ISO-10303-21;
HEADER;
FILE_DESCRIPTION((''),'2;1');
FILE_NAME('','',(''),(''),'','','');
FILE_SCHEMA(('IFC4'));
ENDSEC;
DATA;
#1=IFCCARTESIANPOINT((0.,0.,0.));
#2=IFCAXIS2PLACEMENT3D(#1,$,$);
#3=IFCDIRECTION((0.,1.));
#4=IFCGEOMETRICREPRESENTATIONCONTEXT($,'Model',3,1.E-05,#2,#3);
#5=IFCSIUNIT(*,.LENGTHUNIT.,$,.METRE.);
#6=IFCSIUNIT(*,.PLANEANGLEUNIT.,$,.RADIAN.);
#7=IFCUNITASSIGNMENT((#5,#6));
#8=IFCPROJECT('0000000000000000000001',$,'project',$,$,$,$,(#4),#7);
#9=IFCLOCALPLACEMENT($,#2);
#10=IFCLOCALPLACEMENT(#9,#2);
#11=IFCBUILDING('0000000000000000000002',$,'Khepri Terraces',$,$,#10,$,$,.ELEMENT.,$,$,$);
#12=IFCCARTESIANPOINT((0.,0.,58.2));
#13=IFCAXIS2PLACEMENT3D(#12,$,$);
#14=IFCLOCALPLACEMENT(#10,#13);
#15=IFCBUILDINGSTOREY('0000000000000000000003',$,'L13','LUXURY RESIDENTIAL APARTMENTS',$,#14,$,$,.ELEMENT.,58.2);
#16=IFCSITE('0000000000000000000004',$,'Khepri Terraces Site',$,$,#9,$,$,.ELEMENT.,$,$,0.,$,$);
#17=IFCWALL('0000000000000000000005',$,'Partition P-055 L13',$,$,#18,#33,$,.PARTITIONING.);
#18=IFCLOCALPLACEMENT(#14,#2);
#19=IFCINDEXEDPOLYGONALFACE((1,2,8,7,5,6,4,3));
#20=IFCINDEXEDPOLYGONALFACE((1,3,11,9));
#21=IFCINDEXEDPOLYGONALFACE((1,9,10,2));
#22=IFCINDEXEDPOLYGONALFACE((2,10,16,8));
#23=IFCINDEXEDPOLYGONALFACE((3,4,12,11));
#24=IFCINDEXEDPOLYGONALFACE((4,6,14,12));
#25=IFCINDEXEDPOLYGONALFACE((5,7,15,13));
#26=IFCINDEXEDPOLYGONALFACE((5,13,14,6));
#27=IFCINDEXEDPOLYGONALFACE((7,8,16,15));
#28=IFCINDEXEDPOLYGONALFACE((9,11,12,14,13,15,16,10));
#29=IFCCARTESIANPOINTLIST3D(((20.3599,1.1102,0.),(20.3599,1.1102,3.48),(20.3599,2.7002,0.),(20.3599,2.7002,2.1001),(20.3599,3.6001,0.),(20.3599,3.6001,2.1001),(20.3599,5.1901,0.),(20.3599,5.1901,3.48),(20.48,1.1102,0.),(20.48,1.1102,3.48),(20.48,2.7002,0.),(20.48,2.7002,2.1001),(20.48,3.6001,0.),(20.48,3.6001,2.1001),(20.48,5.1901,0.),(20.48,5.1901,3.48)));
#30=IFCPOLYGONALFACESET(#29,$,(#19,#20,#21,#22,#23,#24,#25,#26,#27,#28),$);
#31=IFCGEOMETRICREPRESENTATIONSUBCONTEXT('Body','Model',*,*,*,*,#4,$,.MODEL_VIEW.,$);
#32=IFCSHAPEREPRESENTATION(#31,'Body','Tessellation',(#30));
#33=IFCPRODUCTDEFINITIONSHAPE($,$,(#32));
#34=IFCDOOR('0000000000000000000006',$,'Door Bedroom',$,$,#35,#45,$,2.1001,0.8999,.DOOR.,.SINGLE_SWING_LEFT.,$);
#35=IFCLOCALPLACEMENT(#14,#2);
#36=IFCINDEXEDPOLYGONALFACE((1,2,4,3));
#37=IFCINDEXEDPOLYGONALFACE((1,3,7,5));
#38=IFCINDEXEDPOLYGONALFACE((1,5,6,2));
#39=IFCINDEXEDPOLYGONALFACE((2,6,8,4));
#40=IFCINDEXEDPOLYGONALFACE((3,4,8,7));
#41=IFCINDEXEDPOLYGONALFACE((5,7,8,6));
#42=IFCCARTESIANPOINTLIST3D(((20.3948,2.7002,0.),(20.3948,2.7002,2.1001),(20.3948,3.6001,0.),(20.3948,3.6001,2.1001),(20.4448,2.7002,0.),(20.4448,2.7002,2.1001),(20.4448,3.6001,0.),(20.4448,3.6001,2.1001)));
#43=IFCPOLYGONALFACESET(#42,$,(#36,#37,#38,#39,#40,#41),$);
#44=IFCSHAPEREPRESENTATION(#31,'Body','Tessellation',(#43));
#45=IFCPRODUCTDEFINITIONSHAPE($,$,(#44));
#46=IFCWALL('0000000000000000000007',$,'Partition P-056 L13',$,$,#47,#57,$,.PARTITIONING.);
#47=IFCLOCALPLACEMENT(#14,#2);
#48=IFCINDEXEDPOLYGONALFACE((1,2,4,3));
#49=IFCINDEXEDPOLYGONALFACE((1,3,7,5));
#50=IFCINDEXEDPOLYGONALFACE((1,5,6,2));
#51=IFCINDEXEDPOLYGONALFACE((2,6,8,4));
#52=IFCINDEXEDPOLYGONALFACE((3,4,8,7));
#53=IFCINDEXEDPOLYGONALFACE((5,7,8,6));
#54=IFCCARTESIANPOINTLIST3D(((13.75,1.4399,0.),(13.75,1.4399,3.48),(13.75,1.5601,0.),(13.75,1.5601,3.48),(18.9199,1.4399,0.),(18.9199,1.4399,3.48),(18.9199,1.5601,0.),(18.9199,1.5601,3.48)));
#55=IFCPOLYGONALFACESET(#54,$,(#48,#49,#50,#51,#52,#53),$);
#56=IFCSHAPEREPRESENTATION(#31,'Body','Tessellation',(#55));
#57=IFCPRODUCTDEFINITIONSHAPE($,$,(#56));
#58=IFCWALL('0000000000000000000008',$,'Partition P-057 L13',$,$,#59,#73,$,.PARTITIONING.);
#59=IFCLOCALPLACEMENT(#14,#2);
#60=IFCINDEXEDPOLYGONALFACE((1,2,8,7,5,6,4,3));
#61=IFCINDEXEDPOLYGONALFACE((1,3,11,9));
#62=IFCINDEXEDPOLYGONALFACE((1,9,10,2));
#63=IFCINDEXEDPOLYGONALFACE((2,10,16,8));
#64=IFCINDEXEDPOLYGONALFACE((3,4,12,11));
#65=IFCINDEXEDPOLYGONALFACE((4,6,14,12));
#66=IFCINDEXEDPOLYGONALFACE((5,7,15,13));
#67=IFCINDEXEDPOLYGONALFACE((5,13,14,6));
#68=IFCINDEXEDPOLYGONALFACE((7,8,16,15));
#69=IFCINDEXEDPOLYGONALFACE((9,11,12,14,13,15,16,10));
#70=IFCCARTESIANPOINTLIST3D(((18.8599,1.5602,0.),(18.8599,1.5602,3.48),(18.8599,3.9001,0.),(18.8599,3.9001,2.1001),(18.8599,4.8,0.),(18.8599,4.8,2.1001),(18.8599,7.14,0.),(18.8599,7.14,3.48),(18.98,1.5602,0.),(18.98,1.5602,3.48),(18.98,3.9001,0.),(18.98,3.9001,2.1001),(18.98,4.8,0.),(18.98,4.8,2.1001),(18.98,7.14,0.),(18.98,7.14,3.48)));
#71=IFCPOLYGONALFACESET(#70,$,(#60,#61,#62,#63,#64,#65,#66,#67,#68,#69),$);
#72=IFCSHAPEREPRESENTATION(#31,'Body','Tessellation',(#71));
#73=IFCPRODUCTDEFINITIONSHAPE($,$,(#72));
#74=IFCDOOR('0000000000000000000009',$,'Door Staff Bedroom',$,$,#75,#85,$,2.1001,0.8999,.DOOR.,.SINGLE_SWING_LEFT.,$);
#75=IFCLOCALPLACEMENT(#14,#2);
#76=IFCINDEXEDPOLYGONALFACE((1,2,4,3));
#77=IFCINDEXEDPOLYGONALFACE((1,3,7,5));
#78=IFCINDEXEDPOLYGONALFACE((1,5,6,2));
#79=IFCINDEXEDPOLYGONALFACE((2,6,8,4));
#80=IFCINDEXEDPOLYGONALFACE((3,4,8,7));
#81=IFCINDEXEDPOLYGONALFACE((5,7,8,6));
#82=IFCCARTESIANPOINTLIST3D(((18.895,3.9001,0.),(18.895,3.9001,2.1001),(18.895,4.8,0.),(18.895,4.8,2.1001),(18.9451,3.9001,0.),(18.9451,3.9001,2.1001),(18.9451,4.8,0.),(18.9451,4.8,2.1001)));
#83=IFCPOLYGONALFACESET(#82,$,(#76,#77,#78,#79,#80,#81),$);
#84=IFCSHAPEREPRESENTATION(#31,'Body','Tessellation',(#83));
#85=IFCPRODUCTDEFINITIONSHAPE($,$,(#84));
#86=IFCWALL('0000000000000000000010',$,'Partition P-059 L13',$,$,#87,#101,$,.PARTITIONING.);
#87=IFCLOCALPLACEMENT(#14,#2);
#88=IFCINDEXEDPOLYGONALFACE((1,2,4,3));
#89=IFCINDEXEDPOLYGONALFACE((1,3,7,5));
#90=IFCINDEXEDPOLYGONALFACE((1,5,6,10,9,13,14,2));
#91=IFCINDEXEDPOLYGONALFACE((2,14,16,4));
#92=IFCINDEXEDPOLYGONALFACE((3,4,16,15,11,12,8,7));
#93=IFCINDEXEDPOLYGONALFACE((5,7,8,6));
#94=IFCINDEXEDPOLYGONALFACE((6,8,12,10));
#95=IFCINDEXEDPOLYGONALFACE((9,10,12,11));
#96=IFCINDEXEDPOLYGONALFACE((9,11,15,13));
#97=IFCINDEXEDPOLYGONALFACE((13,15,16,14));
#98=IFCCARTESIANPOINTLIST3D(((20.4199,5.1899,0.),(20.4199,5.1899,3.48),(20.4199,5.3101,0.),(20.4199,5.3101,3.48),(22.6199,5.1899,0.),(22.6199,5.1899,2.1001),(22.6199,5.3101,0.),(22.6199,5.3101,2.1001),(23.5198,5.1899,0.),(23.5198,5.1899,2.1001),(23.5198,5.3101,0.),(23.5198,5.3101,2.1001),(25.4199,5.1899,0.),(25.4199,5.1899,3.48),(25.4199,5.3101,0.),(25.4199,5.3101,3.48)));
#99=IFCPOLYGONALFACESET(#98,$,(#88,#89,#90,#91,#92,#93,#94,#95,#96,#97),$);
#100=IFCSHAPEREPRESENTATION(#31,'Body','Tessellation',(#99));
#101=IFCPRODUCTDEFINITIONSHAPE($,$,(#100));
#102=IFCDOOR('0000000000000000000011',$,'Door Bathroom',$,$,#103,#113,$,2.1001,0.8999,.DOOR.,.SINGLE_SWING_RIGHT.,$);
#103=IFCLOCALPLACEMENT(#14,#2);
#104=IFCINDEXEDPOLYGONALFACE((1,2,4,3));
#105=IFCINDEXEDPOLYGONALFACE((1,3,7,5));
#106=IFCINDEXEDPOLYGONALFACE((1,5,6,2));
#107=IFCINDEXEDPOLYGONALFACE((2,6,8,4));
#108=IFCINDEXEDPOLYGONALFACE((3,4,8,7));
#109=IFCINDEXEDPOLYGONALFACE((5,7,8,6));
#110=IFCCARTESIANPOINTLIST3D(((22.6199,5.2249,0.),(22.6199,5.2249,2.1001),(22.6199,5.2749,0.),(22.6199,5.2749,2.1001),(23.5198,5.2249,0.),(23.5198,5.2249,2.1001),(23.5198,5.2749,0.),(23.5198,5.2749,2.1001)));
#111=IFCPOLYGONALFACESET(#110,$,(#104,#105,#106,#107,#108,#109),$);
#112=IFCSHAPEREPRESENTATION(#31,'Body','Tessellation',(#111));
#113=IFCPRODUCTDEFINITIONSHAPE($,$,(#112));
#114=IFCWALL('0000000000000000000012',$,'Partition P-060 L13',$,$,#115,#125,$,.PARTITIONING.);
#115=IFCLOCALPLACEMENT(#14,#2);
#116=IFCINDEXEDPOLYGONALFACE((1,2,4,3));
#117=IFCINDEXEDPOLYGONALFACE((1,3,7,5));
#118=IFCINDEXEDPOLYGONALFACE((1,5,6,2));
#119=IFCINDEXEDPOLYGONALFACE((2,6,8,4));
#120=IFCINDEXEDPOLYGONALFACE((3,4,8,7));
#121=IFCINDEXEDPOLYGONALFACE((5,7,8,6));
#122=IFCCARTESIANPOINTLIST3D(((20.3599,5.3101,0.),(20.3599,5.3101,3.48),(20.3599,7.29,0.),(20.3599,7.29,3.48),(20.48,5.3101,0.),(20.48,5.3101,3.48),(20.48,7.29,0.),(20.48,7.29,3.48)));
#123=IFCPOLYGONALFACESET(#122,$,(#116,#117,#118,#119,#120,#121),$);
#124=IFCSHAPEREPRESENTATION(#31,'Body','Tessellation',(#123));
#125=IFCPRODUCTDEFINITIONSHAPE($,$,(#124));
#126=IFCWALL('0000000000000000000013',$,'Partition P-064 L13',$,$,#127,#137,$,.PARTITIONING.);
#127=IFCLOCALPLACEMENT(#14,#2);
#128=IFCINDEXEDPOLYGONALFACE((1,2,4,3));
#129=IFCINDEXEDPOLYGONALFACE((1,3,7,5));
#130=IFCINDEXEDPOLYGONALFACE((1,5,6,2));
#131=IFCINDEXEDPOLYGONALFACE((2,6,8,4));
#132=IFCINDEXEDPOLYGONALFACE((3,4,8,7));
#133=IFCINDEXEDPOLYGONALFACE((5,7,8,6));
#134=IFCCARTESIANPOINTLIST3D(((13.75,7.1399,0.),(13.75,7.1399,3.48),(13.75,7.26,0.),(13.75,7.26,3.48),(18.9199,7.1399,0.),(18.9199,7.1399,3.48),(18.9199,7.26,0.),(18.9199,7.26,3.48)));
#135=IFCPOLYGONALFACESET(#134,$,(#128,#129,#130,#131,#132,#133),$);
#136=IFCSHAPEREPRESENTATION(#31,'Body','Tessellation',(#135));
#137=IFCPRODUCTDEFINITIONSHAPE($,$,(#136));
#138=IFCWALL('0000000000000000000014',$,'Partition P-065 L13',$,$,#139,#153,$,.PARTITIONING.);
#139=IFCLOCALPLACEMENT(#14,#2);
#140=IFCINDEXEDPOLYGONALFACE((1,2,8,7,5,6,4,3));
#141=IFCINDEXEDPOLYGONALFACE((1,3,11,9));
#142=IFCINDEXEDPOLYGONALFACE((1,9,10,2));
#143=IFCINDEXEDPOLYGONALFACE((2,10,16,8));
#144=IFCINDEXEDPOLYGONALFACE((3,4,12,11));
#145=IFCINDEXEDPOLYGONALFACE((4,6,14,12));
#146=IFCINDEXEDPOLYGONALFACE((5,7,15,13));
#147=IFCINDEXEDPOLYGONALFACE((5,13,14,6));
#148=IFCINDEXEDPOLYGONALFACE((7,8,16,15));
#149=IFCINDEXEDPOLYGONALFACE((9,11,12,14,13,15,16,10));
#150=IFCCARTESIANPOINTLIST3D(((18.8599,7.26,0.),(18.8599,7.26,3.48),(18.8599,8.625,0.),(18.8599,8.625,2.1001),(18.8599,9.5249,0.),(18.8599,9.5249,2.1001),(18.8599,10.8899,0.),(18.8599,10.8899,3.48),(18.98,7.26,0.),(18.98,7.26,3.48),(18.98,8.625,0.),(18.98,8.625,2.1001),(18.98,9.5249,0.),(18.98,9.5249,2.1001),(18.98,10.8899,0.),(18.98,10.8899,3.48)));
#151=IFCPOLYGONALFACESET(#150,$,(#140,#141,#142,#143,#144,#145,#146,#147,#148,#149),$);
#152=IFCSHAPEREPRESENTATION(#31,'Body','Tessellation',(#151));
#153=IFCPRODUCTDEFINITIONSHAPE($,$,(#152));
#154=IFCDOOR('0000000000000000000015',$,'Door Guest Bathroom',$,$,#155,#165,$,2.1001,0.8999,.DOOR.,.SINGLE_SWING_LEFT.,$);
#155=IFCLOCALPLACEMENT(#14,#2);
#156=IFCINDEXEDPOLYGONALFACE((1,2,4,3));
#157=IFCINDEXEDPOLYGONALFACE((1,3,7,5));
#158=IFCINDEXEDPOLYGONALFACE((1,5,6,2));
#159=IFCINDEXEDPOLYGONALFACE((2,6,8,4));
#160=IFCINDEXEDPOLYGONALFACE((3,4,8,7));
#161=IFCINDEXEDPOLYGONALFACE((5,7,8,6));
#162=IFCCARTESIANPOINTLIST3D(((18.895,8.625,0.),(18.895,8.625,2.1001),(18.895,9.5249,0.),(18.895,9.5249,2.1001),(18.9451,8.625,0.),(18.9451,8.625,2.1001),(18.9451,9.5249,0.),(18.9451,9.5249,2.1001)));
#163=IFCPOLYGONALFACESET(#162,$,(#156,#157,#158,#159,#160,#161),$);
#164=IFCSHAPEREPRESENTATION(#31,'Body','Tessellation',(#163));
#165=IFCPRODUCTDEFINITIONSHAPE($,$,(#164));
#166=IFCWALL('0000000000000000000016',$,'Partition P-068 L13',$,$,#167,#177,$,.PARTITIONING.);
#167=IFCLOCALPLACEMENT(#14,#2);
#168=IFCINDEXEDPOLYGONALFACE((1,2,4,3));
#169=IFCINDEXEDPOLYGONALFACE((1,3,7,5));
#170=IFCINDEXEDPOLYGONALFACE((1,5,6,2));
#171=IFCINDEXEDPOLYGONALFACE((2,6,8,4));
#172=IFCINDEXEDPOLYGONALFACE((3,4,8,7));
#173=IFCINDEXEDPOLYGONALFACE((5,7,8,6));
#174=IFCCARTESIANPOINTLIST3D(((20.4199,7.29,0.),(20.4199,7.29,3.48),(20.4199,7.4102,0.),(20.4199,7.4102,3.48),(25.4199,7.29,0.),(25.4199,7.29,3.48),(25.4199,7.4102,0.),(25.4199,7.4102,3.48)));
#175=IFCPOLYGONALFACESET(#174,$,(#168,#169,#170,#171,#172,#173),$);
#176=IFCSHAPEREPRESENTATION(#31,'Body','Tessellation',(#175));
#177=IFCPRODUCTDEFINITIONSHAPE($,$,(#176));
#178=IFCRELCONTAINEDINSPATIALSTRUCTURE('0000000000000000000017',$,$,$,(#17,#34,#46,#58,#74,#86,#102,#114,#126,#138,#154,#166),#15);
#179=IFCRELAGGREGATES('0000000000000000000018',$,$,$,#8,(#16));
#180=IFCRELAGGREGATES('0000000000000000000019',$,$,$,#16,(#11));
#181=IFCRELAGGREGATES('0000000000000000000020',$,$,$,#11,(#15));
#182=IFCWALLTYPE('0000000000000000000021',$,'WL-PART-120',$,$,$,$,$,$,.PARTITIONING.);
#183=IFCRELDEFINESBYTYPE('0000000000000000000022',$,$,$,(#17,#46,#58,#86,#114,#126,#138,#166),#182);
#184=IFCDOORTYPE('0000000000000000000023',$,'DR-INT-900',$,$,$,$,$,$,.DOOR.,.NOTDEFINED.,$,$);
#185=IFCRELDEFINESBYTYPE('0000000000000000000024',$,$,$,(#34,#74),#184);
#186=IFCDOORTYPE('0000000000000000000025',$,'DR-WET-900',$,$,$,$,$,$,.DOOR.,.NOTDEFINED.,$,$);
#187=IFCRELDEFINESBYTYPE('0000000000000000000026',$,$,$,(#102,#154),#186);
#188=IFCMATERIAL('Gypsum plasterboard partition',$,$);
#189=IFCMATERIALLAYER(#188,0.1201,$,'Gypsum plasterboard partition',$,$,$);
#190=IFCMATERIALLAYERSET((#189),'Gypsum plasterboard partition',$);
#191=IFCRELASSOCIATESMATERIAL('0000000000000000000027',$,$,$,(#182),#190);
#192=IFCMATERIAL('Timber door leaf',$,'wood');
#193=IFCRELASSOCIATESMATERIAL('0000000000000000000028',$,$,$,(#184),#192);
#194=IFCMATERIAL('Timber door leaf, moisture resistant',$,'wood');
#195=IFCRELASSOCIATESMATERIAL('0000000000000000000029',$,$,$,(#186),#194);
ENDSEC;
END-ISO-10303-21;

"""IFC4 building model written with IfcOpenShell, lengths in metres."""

from ifc_helpers import new_model, si_unit, direction, frame, frame_2d, origin, place, context, subcontext, project, spatial, rectangle, extrude, material, layer, layer_set, type_object, element, fill, save


model = new_model("IFC4")

# Units and contexts
model_context = context("Model", 3, precision=1e-05, world=origin(), true_north=direction((0.0, 1.0)))
body_context = subcontext(model_context, "Body", "Model", "MODEL_VIEW")
ifc_project = project(units=[si_unit("LENGTHUNIT", "METRE"), si_unit("PLANEANGLEUNIT", "RADIAN")], contexts=[model_context])

# Site, building, storey
site_placement = place(None, origin())
site = spatial("IfcSite", under=ifc_project, at=site_placement, Name="Khepri Terraces Site", CompositionType="ELEMENT", RefElevation=0.0)
building_placement = place(site_placement, origin())
building = spatial("IfcBuilding", under=site, at=building_placement, Name="Khepri Terraces", CompositionType="ELEMENT")
storey_placement = place(building_placement, frame((0.0, 0.0, 58.2)))
storey = spatial("IfcBuildingStorey", under=building, at=storey_placement, Name="L13", Description="LUXURY RESIDENTIAL APARTMENTS", CompositionType="ELEMENT", Elevation=58.2)

# Shared definitions
ifc_material_1 = material(Name="Gypsum plasterboard partition")
ifc_layer_1 = layer(ifc_material_1, 0.1201, Name="Gypsum plasterboard partition")
ifc_layer_set_1 = layer_set([ifc_layer_1], Name="Gypsum plasterboard partition")
wall_type_1 = type_object("IfcWallType", Name="WL-PART-120", PredefinedType="PARTITIONING", material=ifc_layer_set_1)

# Wall, opening, door
wall_1_placement = place(storey_placement, frame((20.4199, 1.1101, 0.0), z_axis=(0.0, 0.0, 1.0), x_axis=(0.0, 1.0, 0.0)))
wall_1 = element("IfcWall", 1, at=wall_1_placement, inside=storey, type_object=wall_type_1, Name="Partition P-055 L13", PredefinedType="PARTITIONING", context=body_context, shape_type="SweptSolid", body=[
    extrude(rectangle(XDim=4.0798, YDim=0.1201, at=frame_2d((2.04, 0.0))), origin(), (0.0, 0.0, 1.0), 3.48),
])
opening_1_placement = place(wall_1_placement, frame((1.5901, 0.0, 0.0)))
opening_1 = element("IfcOpeningElement", 2, at=opening_1_placement, cuts=wall_1, PredefinedType="OPENING", context=body_context, shape_type="SweptSolid", body=[
    extrude(rectangle(XDim=0.8999, YDim=2.1001, at=frame_2d((0.45, 1.05))), frame((0.0, 0.0701, 0.0), z_axis=(0.0, -1.0, 0.0), x_axis=(1.0, 0.0, 0.0)), (0.0, 0.0, 1.0), 0.1401),
])
ifc_material_2 = material(Name="Timber door leaf", Category="wood")
door_type_1 = type_object("IfcDoorType", Name="DR-INT-900", OperationType="NOTDEFINED", PredefinedType="DOOR", material=ifc_material_2)
door_1_placement = place(opening_1_placement, frame((0.8999, 0.0, 0.0), z_axis=(0.0, 0.0, 1.0), x_axis=(-1.0, 0.0, 0.0)))
door_1 = element("IfcDoor", 3, at=door_1_placement, inside=storey, type_object=door_type_1, Name="Door Bedroom", OperationType="SINGLE_SWING_LEFT", OverallHeight=2.1001, OverallWidth=0.8999, PredefinedType="DOOR", context=body_context, shape_type="SweptSolid", body=[
    extrude(rectangle(XDim=0.8999, YDim=2.1001, at=frame_2d((0.45, 1.05))), frame((0.0, 0.0249, 0.0), z_axis=(0.0, -1.0, 0.0), x_axis=(1.0, 0.0, 0.0)), (0.0, 0.0, 1.0), 0.05),
])
fill(opening_1, door_1)

# Wall
wall_2_placement = place(storey_placement, frame((13.75, 1.5, 0.0), z_axis=(0.0, 0.0, 1.0), x_axis=(1.0, 0.0, 0.0)))
element("IfcWall", 4, at=wall_2_placement, inside=storey, type_object=wall_type_1, Name="Partition P-056 L13", PredefinedType="PARTITIONING", context=body_context, shape_type="SweptSolid", body=[
    extrude(rectangle(XDim=5.1699, YDim=0.1201, at=frame_2d((2.585, 0.0))), origin(), (0.0, 0.0, 1.0), 3.48),
])

# Walls, openings, doors
wall_3_placement = place(storey_placement, frame((18.9199, 1.5601, 0.0), z_axis=(0.0, 0.0, 1.0), x_axis=(0.0, 1.0, 0.0)))
wall_3 = element("IfcWall", 5, at=wall_3_placement, inside=storey, type_object=wall_type_1, Name="Partition P-057 L13", PredefinedType="PARTITIONING", context=body_context, shape_type="SweptSolid", body=[
    extrude(rectangle(XDim=5.5798, YDim=0.1201, at=frame_2d((2.79, 0.0))), origin(), (0.0, 0.0, 1.0), 3.48),
])
opening_2_placement = place(wall_3_placement, frame((2.3401, 0.0, 0.0)))
opening_2 = element("IfcOpeningElement", 6, at=opening_2_placement, cuts=wall_3, PredefinedType="OPENING", context=body_context, shape_type="SweptSolid", body=[
    extrude(rectangle(XDim=0.8999, YDim=2.1001, at=frame_2d((0.45, 1.05))), frame((0.0, 0.0701, 0.0), z_axis=(0.0, -1.0, 0.0), x_axis=(1.0, 0.0, 0.0)), (0.0, 0.0, 1.0), 0.1401),
])
door_2_placement = place(opening_2_placement, origin())
door_2 = element("IfcDoor", 7, at=door_2_placement, inside=storey, type_object=door_type_1, Name="Door Staff Bedroom", OperationType="SINGLE_SWING_LEFT", OverallHeight=2.1001, OverallWidth=0.8999, PredefinedType="DOOR", context=body_context, shape_type="SweptSolid", body=[
    extrude(rectangle(XDim=0.8999, YDim=2.1001, at=frame_2d((0.45, 1.05))), frame((0.0, 0.0249, 0.0), z_axis=(0.0, -1.0, 0.0), x_axis=(1.0, 0.0, 0.0)), (0.0, 0.0, 1.0), 0.05),
])
fill(opening_2, door_2)
wall_4_placement = place(storey_placement, frame((20.4199, 5.25, 0.0), z_axis=(0.0, 0.0, 1.0), x_axis=(1.0, 0.0, 0.0)))
wall_4 = element("IfcWall", 8, at=wall_4_placement, inside=storey, type_object=wall_type_1, Name="Partition P-059 L13", PredefinedType="PARTITIONING", context=body_context, shape_type="SweptSolid", body=[
    extrude(rectangle(XDim=5.0, YDim=0.1201, at=frame_2d((2.5, 0.0))), origin(), (0.0, 0.0, 1.0), 3.48),
])
opening_3_placement = place(wall_4_placement, frame((2.2, 0.0, 0.0)))
opening_3 = element("IfcOpeningElement", 9, at=opening_3_placement, cuts=wall_4, PredefinedType="OPENING", context=body_context, shape_type="SweptSolid", body=[
    extrude(rectangle(XDim=0.8999, YDim=2.1001, at=frame_2d((0.45, 1.05))), frame((0.0, 0.0701, 0.0), z_axis=(0.0, -1.0, 0.0), x_axis=(1.0, 0.0, 0.0)), (0.0, 0.0, 1.0), 0.1401),
])
ifc_material_3 = material(Name="Timber door leaf, moisture resistant", Category="wood")
door_type_2 = type_object("IfcDoorType", Name="DR-WET-900", OperationType="NOTDEFINED", PredefinedType="DOOR", material=ifc_material_3)
door_3_placement = place(opening_3_placement, origin())
door_3 = element("IfcDoor", 10, at=door_3_placement, inside=storey, type_object=door_type_2, Name="Door Bathroom", OperationType="SINGLE_SWING_RIGHT", OverallHeight=2.1001, OverallWidth=0.8999, PredefinedType="DOOR", context=body_context, shape_type="SweptSolid", body=[
    extrude(rectangle(XDim=0.8999, YDim=2.1001, at=frame_2d((0.45, 1.05))), frame((0.0, 0.0249, 0.0), z_axis=(0.0, -1.0, 0.0), x_axis=(1.0, 0.0, 0.0)), (0.0, 0.0, 1.0), 0.05),
])
fill(opening_3, door_3)

# Walls
wall_5_placement = place(storey_placement, frame((20.4199, 5.3101, 0.0), z_axis=(0.0, 0.0, 1.0), x_axis=(0.0, 1.0, 0.0)))
element("IfcWall", 11, at=wall_5_placement, inside=storey, type_object=wall_type_1, Name="Partition P-060 L13", PredefinedType="PARTITIONING", context=body_context, shape_type="SweptSolid", body=[
    extrude(rectangle(XDim=1.98, YDim=0.1201, at=frame_2d((0.99, 0.0))), origin(), (0.0, 0.0, 1.0), 3.48),
])
wall_6_placement = place(storey_placement, frame((13.75, 7.2, 0.0), z_axis=(0.0, 0.0, 1.0), x_axis=(1.0, 0.0, 0.0)))
element("IfcWall", 12, at=wall_6_placement, inside=storey, type_object=wall_type_1, Name="Partition P-064 L13", PredefinedType="PARTITIONING", context=body_context, shape_type="SweptSolid", body=[
    extrude(rectangle(XDim=5.1699, YDim=0.1201, at=frame_2d((2.585, 0.0))), origin(), (0.0, 0.0, 1.0), 3.48),
])

# Wall, opening, door
wall_7_placement = place(storey_placement, frame((18.9199, 7.26, 0.0), z_axis=(0.0, 0.0, 1.0), x_axis=(0.0, 1.0, 0.0)))
wall_7 = element("IfcWall", 13, at=wall_7_placement, inside=storey, type_object=wall_type_1, Name="Partition P-065 L13", PredefinedType="PARTITIONING", context=body_context, shape_type="SweptSolid", body=[
    extrude(rectangle(XDim=3.6299, YDim=0.1201, at=frame_2d((1.8149, 0.0))), origin(), (0.0, 0.0, 1.0), 3.48),
])
opening_4_placement = place(wall_7_placement, frame((1.365, 0.0, 0.0)))
opening_4 = element("IfcOpeningElement", 14, at=opening_4_placement, cuts=wall_7, PredefinedType="OPENING", context=body_context, shape_type="SweptSolid", body=[
    extrude(rectangle(XDim=0.8999, YDim=2.1001, at=frame_2d((0.45, 1.05))), frame((0.0, 0.0701, 0.0), z_axis=(0.0, -1.0, 0.0), x_axis=(1.0, 0.0, 0.0)), (0.0, 0.0, 1.0), 0.1401),
])
door_4_placement = place(opening_4_placement, origin())
door_4 = element("IfcDoor", 15, at=door_4_placement, inside=storey, type_object=door_type_2, Name="Door Guest Bathroom", OperationType="SINGLE_SWING_LEFT", OverallHeight=2.1001, OverallWidth=0.8999, PredefinedType="DOOR", context=body_context, shape_type="SweptSolid", body=[
    extrude(rectangle(XDim=0.8999, YDim=2.1001, at=frame_2d((0.45, 1.05))), frame((0.0, 0.0249, 0.0), z_axis=(0.0, -1.0, 0.0), x_axis=(1.0, 0.0, 0.0)), (0.0, 0.0, 1.0), 0.05),
])
fill(opening_4, door_4)

# Wall
wall_8_placement = place(storey_placement, frame((20.4199, 7.3501, 0.0), z_axis=(0.0, 0.0, 1.0), x_axis=(1.0, 0.0, 0.0)))
element("IfcWall", 16, at=wall_8_placement, inside=storey, type_object=wall_type_1, Name="Partition P-068 L13", PredefinedType="PARTITIONING", context=body_context, shape_type="SweptSolid", body=[
    extrude(rectangle(XDim=5.0, YDim=0.1201, at=frame_2d((2.5, 0.0))), origin(), (0.0, 0.0, 1.0), 3.48),
])

save(model, "model.ifc")
